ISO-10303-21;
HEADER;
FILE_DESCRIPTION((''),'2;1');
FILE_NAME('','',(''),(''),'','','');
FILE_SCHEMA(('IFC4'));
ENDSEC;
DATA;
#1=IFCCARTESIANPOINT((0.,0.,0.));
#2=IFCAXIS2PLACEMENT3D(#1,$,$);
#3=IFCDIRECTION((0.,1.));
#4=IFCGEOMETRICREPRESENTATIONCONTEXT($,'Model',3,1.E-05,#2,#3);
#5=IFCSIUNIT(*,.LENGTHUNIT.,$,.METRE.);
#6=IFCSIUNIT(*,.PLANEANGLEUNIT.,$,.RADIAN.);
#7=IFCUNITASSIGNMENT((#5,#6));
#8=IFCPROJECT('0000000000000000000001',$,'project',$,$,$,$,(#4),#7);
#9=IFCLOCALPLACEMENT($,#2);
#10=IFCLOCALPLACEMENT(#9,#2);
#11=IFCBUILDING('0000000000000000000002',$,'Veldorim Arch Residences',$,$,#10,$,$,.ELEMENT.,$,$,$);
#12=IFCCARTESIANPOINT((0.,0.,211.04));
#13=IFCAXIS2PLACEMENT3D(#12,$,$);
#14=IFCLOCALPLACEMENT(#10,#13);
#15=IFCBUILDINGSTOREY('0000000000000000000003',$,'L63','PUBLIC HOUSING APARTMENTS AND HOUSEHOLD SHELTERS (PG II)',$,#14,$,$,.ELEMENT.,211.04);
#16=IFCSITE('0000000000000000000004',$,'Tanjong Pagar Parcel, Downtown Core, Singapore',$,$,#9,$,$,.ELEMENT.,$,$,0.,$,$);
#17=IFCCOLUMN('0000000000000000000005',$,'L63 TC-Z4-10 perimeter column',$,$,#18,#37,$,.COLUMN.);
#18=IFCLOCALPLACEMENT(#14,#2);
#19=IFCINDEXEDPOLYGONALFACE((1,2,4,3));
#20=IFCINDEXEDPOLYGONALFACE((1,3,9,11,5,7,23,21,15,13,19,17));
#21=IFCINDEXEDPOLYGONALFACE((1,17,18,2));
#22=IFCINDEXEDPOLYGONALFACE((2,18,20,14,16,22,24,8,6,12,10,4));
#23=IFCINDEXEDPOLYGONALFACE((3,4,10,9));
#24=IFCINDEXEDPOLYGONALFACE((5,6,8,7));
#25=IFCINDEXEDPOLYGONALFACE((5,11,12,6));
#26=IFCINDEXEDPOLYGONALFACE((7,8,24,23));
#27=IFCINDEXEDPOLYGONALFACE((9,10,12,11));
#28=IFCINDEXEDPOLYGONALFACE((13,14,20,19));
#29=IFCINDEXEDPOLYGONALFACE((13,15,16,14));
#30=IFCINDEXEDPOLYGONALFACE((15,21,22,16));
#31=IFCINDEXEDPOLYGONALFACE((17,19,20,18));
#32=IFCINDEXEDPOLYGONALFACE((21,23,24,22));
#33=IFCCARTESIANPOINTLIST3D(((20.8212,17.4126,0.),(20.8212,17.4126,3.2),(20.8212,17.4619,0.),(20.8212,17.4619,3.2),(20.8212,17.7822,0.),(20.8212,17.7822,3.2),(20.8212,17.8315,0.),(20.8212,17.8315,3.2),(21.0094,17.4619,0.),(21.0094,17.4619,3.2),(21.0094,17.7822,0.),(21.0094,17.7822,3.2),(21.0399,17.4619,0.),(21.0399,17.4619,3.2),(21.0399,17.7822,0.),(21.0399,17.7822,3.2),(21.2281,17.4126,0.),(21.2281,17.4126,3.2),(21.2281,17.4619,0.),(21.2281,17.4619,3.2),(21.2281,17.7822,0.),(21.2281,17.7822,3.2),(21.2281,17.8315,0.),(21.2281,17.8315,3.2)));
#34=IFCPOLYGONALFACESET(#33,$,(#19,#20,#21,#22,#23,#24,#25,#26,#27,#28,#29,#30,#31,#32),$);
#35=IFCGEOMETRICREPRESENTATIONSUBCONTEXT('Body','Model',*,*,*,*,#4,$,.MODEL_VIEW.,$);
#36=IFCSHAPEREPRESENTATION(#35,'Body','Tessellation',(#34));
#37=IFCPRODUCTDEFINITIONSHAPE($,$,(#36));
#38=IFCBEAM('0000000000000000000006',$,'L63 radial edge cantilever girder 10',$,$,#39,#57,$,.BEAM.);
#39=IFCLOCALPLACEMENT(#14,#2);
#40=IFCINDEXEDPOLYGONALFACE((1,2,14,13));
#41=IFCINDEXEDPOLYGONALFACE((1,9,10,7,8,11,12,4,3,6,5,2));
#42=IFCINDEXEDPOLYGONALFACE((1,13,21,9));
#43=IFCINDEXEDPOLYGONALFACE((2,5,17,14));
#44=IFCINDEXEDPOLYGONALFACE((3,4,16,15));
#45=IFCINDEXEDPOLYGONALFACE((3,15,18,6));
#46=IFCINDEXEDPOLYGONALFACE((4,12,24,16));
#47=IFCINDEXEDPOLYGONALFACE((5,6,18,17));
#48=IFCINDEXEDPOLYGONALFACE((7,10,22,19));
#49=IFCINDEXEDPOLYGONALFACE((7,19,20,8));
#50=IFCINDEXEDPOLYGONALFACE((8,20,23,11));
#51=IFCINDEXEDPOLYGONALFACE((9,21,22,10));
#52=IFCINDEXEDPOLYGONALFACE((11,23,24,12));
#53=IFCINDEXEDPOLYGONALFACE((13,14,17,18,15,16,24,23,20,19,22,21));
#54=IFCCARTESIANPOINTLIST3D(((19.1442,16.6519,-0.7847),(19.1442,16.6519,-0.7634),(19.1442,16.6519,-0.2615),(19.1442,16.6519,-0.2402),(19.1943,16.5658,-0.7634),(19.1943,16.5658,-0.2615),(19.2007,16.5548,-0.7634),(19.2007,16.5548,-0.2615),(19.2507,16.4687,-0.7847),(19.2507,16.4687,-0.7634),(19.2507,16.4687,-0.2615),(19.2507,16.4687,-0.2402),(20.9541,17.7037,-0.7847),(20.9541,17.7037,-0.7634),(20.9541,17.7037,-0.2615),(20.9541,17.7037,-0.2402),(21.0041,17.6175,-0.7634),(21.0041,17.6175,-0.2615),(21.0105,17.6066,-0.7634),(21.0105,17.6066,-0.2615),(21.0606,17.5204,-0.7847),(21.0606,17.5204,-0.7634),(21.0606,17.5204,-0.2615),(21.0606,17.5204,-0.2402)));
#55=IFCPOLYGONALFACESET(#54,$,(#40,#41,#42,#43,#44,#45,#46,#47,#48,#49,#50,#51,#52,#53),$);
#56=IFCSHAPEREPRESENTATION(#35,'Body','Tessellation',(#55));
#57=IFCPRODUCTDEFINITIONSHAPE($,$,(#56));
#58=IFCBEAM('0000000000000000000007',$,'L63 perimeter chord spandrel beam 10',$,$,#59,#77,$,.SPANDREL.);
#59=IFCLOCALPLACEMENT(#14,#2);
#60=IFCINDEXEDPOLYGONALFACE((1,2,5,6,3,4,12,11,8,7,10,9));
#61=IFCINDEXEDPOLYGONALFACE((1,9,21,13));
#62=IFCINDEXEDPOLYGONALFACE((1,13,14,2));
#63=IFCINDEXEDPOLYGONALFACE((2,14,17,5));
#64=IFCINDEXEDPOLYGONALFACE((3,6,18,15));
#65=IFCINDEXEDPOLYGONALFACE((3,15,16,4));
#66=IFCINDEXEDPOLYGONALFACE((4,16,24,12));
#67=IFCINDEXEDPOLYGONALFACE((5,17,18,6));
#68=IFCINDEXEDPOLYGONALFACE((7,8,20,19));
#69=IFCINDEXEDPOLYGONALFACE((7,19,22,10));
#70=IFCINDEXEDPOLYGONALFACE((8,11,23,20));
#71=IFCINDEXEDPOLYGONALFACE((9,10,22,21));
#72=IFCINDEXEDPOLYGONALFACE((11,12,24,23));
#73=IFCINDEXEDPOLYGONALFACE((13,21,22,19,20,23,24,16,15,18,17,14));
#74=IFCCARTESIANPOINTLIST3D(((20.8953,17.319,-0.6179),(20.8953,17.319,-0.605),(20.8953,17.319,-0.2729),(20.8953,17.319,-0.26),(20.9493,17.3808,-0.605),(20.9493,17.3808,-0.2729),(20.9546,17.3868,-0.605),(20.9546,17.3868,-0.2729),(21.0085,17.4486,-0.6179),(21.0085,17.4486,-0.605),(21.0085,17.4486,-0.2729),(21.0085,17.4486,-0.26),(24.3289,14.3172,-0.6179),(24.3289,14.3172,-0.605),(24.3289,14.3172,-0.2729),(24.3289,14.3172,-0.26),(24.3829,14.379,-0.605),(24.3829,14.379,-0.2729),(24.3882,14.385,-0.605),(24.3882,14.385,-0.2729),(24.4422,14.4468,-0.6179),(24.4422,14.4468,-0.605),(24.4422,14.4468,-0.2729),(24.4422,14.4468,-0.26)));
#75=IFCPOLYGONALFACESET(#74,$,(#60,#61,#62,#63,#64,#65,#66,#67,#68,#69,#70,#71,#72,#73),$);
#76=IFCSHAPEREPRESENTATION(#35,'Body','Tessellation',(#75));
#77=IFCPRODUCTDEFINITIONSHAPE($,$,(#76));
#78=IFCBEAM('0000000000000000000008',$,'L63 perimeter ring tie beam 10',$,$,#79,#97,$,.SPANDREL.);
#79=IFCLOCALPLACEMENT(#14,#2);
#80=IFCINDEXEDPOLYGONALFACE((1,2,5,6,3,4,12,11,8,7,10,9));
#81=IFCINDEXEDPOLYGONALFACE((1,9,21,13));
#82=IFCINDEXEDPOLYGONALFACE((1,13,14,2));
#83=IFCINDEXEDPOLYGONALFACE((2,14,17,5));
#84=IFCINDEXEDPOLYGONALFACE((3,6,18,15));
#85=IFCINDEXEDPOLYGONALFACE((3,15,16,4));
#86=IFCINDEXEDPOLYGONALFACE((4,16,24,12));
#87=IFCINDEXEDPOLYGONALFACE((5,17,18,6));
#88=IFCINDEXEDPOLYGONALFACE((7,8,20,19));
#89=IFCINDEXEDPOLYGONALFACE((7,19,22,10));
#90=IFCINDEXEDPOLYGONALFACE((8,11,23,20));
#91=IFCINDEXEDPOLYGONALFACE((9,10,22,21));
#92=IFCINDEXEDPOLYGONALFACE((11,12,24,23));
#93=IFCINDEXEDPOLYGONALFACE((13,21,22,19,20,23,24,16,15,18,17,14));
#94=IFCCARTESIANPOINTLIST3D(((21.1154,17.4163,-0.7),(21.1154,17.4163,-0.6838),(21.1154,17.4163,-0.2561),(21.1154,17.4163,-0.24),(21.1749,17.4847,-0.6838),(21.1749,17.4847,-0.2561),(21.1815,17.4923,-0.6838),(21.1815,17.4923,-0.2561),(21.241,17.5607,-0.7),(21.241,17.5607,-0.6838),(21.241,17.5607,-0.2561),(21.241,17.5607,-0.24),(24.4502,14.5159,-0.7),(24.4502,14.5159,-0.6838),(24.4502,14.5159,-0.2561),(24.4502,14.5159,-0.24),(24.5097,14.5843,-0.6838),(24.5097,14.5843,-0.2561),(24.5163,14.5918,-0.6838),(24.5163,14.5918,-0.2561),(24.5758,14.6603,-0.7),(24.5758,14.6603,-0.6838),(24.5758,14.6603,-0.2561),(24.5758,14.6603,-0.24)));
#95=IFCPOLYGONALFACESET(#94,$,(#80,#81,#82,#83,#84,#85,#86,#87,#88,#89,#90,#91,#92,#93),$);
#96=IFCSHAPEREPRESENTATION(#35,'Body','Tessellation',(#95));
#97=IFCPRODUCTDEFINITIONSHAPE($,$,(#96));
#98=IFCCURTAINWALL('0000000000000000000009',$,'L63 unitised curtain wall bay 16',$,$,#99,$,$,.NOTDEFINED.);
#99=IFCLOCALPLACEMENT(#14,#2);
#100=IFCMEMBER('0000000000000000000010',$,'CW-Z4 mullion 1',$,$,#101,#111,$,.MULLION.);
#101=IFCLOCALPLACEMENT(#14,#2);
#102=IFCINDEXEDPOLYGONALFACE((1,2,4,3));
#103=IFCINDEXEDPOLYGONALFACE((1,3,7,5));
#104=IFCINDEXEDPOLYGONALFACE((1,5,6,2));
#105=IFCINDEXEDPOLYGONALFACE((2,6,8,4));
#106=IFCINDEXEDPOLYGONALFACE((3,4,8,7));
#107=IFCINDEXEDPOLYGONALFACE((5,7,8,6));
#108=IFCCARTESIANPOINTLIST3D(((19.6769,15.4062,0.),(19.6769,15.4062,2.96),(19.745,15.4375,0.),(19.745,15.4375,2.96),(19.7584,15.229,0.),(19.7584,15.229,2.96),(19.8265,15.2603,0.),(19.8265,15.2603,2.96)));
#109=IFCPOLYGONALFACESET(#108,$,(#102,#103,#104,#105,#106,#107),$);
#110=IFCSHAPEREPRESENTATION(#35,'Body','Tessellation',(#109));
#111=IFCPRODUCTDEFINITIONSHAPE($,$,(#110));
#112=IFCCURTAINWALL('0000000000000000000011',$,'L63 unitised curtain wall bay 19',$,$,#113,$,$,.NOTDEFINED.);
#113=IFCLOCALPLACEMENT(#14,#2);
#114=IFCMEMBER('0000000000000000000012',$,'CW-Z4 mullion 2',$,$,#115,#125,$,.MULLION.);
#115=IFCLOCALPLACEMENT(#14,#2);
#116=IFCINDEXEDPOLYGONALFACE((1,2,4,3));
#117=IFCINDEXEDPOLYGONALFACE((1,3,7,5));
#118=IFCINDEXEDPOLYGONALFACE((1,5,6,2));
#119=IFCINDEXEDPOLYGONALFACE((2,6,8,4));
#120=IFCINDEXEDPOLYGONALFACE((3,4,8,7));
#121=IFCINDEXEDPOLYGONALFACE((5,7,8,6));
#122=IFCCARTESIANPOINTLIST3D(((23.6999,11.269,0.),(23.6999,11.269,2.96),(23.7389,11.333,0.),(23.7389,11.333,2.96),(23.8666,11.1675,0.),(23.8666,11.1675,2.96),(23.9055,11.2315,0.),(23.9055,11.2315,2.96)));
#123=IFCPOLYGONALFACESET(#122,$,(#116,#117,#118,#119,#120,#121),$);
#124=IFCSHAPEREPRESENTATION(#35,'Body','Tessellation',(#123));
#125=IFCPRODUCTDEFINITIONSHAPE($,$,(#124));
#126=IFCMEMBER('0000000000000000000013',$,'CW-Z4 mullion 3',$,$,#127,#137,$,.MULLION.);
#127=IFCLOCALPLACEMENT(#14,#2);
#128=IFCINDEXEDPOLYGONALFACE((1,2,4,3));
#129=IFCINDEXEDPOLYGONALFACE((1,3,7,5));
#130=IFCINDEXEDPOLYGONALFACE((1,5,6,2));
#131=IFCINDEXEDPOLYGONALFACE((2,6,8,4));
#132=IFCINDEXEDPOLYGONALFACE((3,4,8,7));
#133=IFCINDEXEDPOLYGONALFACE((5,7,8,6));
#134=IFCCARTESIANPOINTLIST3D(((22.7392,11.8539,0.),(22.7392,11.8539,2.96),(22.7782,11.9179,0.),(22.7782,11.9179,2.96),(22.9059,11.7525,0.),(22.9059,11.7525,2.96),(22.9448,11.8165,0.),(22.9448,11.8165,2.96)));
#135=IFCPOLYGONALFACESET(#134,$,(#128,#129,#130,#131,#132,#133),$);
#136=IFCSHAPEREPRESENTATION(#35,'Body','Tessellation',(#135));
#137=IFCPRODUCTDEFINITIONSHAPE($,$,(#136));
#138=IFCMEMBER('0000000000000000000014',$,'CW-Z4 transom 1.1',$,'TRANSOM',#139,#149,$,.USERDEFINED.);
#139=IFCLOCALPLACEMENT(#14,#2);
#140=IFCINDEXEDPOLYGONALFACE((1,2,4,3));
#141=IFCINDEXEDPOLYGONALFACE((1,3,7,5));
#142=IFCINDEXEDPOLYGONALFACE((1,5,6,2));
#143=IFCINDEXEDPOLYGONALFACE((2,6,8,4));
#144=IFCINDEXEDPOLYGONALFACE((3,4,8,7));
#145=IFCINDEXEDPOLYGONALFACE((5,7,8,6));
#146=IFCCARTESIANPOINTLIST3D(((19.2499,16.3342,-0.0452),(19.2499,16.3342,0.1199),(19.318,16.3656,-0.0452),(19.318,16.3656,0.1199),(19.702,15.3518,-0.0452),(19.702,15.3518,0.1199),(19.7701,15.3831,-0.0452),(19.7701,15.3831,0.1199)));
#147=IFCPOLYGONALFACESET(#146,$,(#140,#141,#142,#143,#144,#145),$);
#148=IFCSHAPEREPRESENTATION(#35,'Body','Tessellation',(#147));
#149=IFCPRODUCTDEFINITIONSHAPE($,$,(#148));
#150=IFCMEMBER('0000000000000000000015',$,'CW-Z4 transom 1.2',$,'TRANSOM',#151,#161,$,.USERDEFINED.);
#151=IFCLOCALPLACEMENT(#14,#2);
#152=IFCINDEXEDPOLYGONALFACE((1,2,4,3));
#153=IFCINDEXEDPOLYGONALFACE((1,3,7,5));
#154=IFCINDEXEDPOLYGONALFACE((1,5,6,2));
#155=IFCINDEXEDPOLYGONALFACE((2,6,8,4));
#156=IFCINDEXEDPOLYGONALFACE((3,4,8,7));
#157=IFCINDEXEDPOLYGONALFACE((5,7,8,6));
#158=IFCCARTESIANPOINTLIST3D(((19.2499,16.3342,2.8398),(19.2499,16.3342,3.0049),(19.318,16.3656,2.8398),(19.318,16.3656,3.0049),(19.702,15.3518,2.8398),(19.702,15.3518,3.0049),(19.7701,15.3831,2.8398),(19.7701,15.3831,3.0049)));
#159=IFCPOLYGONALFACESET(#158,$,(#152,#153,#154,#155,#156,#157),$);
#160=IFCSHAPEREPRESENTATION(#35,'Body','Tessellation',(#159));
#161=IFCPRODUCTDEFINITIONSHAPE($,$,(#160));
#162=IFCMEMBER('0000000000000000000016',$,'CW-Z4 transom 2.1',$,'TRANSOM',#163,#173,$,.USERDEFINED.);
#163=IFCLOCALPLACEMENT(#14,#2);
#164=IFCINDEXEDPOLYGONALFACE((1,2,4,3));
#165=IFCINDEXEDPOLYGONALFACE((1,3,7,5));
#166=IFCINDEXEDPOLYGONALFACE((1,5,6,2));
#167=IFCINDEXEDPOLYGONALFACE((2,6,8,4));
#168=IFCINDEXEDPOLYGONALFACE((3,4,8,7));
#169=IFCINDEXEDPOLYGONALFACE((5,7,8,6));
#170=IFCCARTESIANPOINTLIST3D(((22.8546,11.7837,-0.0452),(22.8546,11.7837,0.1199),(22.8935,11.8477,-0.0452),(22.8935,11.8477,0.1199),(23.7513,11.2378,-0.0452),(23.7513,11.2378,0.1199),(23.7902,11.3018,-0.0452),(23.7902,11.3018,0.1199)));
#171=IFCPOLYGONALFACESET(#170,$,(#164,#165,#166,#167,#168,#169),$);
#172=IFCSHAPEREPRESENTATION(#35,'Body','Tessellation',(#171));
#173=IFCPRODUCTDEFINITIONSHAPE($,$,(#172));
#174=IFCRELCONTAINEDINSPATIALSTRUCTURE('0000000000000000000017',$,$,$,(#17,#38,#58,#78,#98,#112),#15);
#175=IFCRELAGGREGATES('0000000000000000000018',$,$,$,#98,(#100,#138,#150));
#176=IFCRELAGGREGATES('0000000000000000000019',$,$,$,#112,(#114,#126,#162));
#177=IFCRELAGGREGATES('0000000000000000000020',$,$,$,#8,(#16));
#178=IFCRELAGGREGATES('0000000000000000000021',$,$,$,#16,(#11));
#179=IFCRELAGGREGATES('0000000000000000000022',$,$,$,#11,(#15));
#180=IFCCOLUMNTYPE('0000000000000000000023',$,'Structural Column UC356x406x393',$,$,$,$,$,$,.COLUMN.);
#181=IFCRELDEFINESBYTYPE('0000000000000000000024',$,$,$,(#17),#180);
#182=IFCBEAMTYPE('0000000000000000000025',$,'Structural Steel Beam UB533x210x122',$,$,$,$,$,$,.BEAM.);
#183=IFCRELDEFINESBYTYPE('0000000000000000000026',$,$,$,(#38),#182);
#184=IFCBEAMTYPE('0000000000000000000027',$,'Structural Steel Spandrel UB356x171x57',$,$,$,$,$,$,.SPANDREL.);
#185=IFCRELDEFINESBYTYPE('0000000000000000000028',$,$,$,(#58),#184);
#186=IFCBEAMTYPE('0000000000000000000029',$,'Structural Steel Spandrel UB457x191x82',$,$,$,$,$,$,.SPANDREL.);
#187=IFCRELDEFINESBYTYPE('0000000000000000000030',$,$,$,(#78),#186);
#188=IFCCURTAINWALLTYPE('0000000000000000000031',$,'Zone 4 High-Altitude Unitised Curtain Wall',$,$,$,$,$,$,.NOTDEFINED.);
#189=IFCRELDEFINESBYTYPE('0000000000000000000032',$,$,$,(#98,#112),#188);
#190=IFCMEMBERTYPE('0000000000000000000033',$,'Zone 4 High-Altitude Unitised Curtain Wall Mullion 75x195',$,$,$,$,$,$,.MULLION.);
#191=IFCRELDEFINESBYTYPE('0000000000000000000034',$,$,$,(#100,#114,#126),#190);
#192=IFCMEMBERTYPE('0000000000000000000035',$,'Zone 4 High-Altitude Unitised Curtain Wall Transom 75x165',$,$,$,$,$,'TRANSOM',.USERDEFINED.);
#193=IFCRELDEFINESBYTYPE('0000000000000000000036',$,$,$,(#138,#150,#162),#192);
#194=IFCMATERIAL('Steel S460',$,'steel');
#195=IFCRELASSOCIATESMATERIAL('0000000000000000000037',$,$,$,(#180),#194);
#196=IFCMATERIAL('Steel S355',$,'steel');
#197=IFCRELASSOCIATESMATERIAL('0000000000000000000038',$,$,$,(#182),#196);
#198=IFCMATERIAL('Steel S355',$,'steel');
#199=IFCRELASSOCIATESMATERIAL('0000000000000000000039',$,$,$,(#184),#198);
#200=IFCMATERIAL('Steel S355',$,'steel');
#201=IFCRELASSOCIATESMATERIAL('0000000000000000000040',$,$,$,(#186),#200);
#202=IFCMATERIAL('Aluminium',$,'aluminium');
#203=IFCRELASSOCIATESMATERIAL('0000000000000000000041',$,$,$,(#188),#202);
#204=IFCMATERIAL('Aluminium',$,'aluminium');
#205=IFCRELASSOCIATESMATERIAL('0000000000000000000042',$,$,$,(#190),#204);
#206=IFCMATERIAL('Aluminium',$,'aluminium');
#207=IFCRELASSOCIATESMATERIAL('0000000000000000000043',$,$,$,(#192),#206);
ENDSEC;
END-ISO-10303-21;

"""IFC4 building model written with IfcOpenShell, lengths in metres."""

from ifc_helpers import new_model, si_unit, direction, frame, origin, origin_2d, place, context, subcontext, project, spatial, rectangle, i_section, extrude, material, material_profile, profile_set, type_object, element, aggregate, save


model = new_model("IFC4")

# Units and contexts
model_context = context("Model", 3, precision=1e-05, world=origin(), true_north=direction((0.0, 1.0)))
body_context = subcontext(model_context, "Body", "Model", "MODEL_VIEW")
ifc_project = project(units=[si_unit("LENGTHUNIT", "METRE"), si_unit("PLANEANGLEUNIT", "RADIAN")], contexts=[model_context])

# Site, building, storey
site_placement = place(None, origin())
site = spatial("IfcSite", under=ifc_project, at=site_placement, Name="Tanjong Pagar Parcel, Downtown Core, Singapore", CompositionType="ELEMENT", RefElevation=0.0)
building_placement = place(site_placement, origin())
building = spatial("IfcBuilding", under=site, at=building_placement, Name="Veldorim Arch Residences", CompositionType="ELEMENT")
storey_placement = place(building_placement, frame((0.0, 0.0, 211.04)))
storey = spatial("IfcBuildingStorey", under=building, at=storey_placement, Name="L63", Description="PUBLIC HOUSING APARTMENTS AND HOUSEHOLD SHELTERS (PG II)", CompositionType="ELEMENT", Elevation=211.04)

# Column
ifc_material_1 = material(Name="Steel S460", Category="steel")
ifc_material_profile_1 = material_profile(ifc_material_1, i_section(OverallWidth=0.407, OverallDepth=0.4189, WebThickness=0.0305, FlangeThickness=0.0493, at=origin_2d()), Name="UC356x406x393")
ifc_profile_set_1 = profile_set([ifc_material_profile_1], Name="Steel S460")
column_type = type_object("IfcColumnType", Name="Structural Column UC356x406x393", PredefinedType="COLUMN", material=ifc_profile_set_1)
column_placement = place(storey_placement, frame((21.0247, 17.6221, 0.0), z_axis=(0.0, 0.0, 1.0), x_axis=(1.0, 0.0, 0.0)))
element("IfcColumn", 1, at=column_placement, inside=storey, type_object=column_type, Name="L63 TC-Z4-10 perimeter column", PredefinedType="COLUMN", context=body_context, shape_type="SweptSolid", body=[
    extrude(i_section(OverallWidth=0.407, OverallDepth=0.4189, WebThickness=0.0305, FlangeThickness=0.0493, at=origin_2d()), origin(), (0.0, 0.0, 1.0), 3.2),
])

# Beams
ifc_material_2 = material(Name="Steel S355", Category="steel")
ifc_material_profile_2 = material_profile(ifc_material_2, i_section(OverallWidth=0.2119, OverallDepth=0.5444, WebThickness=0.0127, FlangeThickness=0.0212, at=origin_2d()), Name="UB533x210x122")
ifc_profile_set_2 = profile_set([ifc_material_profile_2], Name="Steel S355")
beam_type_1 = type_object("IfcBeamType", Name="Structural Steel Beam UB533x210x122", PredefinedType="BEAM", material=ifc_profile_set_2)
beam_1_placement = place(storey_placement, frame((21.0073, 17.6121, -0.5125), z_axis=(-0.864603, -0.502456, 0.0), x_axis=(0.502456, -0.864603, 0.0)))
element("IfcBeam", 2, at=beam_1_placement, inside=storey, type_object=beam_type_1, Name="L63 radial edge cantilever girder 10", PredefinedType="BEAM", context=body_context, shape_type="SweptSolid", body=[
    extrude(i_section(OverallWidth=0.2119, OverallDepth=0.5444, WebThickness=0.0127, FlangeThickness=0.0212, at=origin_2d()), origin(), (0.0, 0.0, 1.0), 2.0933),
])
ifc_material_3 = material(Name="Steel S355", Category="steel")
ifc_material_profile_3 = material_profile(ifc_material_3, i_section(OverallWidth=0.1721, OverallDepth=0.3579, WebThickness=0.0081, FlangeThickness=0.0129, at=origin_2d()), Name="UB356x171x57")
ifc_profile_set_3 = profile_set([ifc_material_profile_3], Name="Steel S355")
beam_type_2 = type_object("IfcBeamType", Name="Structural Steel Spandrel UB356x171x57", PredefinedType="SPANDREL", material=ifc_profile_set_3)
beam_2_placement = place(storey_placement, frame((20.9519, 17.3838, -0.439), z_axis=(0.752868, -0.658171, 0.0), x_axis=(0.658171, 0.752868, 0.0)))
element("IfcBeam", 3, at=beam_2_placement, inside=storey, type_object=beam_type_2, Name="L63 perimeter chord spandrel beam 10", PredefinedType="SPANDREL", context=body_context, shape_type="SweptSolid", body=[
    extrude(i_section(OverallWidth=0.1721, OverallDepth=0.3579, WebThickness=0.0081, FlangeThickness=0.0129, at=origin_2d()), origin(), (0.0, 0.0, 1.0), 4.5608),
])
ifc_material_4 = material(Name="Steel S355", Category="steel")
ifc_material_profile_4 = material_profile(ifc_material_4, i_section(OverallWidth=0.1914, OverallDepth=0.46, WebThickness=0.01, FlangeThickness=0.0161, at=origin_2d()), Name="UB457x191x82")
ifc_profile_set_4 = profile_set([ifc_material_profile_4], Name="Steel S355")
beam_type_3 = type_object("IfcBeamType", Name="Structural Steel Spandrel UB457x191x82", PredefinedType="SPANDREL", material=ifc_profile_set_4)
beam_3_placement = place(storey_placement, frame((21.1782, 17.4885, -0.47), z_axis=(0.754534, -0.656261, 0.0), x_axis=(0.656261, 0.754534, 0.0)))
element("IfcBeam", 4, at=beam_3_placement, inside=storey, type_object=beam_type_3, Name="L63 perimeter ring tie beam 10", PredefinedType="SPANDREL", context=body_context, shape_type="SweptSolid", body=[
    extrude(i_section(OverallWidth=0.1914, OverallDepth=0.46, WebThickness=0.01, FlangeThickness=0.0161, at=origin_2d()), origin(), (0.0, 0.0, 1.0), 4.4197),
])

# Curtain wall, member
ifc_material_5 = material(Name="Aluminium", Category="aluminium")
curtain_wall_type = type_object("IfcCurtainWallType", Name="Zone 4 High-Altitude Unitised Curtain Wall", PredefinedType="NOTDEFINED", material=ifc_material_5)
curtain_wall_1_placement = place(storey_placement, origin())
curtain_wall_1 = element("IfcCurtainWall", 5, at=curtain_wall_1_placement, inside=storey, type_object=curtain_wall_type, Name="L63 unitised curtain wall bay 16", PredefinedType="NOTDEFINED")
ifc_material_6 = material(Name="Aluminium", Category="aluminium")
ifc_material_profile_5 = material_profile(ifc_material_6, rectangle(XDim=0.075, YDim=0.1951, at=origin_2d()), Name="ALU_MUL_75x195")
ifc_profile_set_5 = profile_set([ifc_material_profile_5], Name="Aluminium")
member_type_1 = type_object("IfcMemberType", Name="Zone 4 High-Altitude Unitised Curtain Wall Mullion 75x195", PredefinedType="MULLION", material=ifc_profile_set_5)
member_1_placement = place(storey_placement, frame((19.7517, 15.3333, 0.0), z_axis=(0.0, 0.0, 1.0), x_axis=(-0.9084, -0.418102, 0.0)))
member_1 = element("IfcMember", 6, at=member_1_placement, type_object=member_type_1, Name="CW-Z4 mullion 1", PredefinedType="MULLION", context=body_context, shape_type="SweptSolid", body=[
    extrude(rectangle(XDim=0.075, YDim=0.1951, at=origin_2d()), origin(), (0.0, 0.0, 1.0), 2.96),
])

# Curtain wall, members
curtain_wall_2_placement = place(storey_placement, origin())
curtain_wall_2 = element("IfcCurtainWall", 7, at=curtain_wall_2_placement, inside=storey, type_object=curtain_wall_type, Name="L63 unitised curtain wall bay 19", PredefinedType="NOTDEFINED")
member_2_placement = place(storey_placement, frame((23.8027, 11.2502, 0.0), z_axis=(0.0, 0.0, 1.0), x_axis=(-0.520033, -0.854146, 0.0)))
member_2 = element("IfcMember", 8, at=member_2_placement, type_object=member_type_1, Name="CW-Z4 mullion 2", PredefinedType="MULLION", context=body_context, shape_type="SweptSolid", body=[
    extrude(rectangle(XDim=0.075, YDim=0.1951, at=origin_2d()), origin(), (0.0, 0.0, 1.0), 2.96),
])
member_3_placement = place(storey_placement, frame((22.842, 11.8352, 0.0), z_axis=(0.0, 0.0, 1.0), x_axis=(-0.520033, -0.854146, 0.0)))
member_3 = element("IfcMember", 9, at=member_3_placement, type_object=member_type_1, Name="CW-Z4 mullion 3", PredefinedType="MULLION", context=body_context, shape_type="SweptSolid", body=[
    extrude(rectangle(XDim=0.075, YDim=0.1951, at=origin_2d()), origin(), (0.0, 0.0, 1.0), 2.96),
])

# Members
ifc_material_7 = material(Name="Aluminium", Category="aluminium")
ifc_material_profile_6 = material_profile(ifc_material_7, rectangle(XDim=0.075, YDim=0.165, at=origin_2d()), Name="ALU_TRN_75x165")
ifc_profile_set_6 = profile_set([ifc_material_profile_6], Name="Aluminium")
member_type_2 = type_object("IfcMemberType", Name="Zone 4 High-Altitude Unitised Curtain Wall Transom 75x165", ElementType="TRANSOM", PredefinedType="USERDEFINED", material=ifc_profile_set_6)
member_4_placement = place(storey_placement, frame((19.7361, 15.3674, 0.0374), z_axis=(-0.418084, 0.908408, 0.0), x_axis=(-0.908408, -0.418084, 0.0)))
member_4 = element("IfcMember", 10, at=member_4_placement, type_object=member_type_2, Name="CW-Z4 transom 1.1", ObjectType="TRANSOM", PredefinedType="USERDEFINED", context=body_context, shape_type="SweptSolid", body=[
    extrude(rectangle(XDim=0.075, YDim=0.165, at=origin_2d()), origin(), (0.0, 0.0, 1.0), 1.0815),
])
member_5_placement = place(storey_placement, frame((19.7361, 15.3674, 2.9224), z_axis=(-0.418084, 0.908408, 0.0), x_axis=(-0.908408, -0.418084, 0.0)))
member_5 = element("IfcMember", 11, at=member_5_placement, type_object=member_type_2, Name="CW-Z4 transom 1.2", ObjectType="TRANSOM", PredefinedType="USERDEFINED", context=body_context, shape_type="SweptSolid", body=[
    extrude(rectangle(XDim=0.075, YDim=0.165, at=origin_2d()), origin(), (0.0, 0.0, 1.0), 1.0815),
])
member_6_placement = place(storey_placement, frame((23.7708, 11.2698, 0.0374), z_axis=(-0.854172, 0.519991, 0.0), x_axis=(-0.519991, -0.854172, 0.0)))
member_6 = element("IfcMember", 12, at=member_6_placement, type_object=member_type_2, Name="CW-Z4 transom 2.1", ObjectType="TRANSOM", PredefinedType="USERDEFINED", context=body_context, shape_type="SweptSolid", body=[
    extrude(rectangle(XDim=0.075, YDim=0.165, at=origin_2d()), origin(), (0.0, 0.0, 1.0), 1.0498),
])

aggregate(curtain_wall_1, [member_1, member_4, member_5])
aggregate(curtain_wall_2, [member_2, member_3, member_6])

save(model, "model.ifc")
